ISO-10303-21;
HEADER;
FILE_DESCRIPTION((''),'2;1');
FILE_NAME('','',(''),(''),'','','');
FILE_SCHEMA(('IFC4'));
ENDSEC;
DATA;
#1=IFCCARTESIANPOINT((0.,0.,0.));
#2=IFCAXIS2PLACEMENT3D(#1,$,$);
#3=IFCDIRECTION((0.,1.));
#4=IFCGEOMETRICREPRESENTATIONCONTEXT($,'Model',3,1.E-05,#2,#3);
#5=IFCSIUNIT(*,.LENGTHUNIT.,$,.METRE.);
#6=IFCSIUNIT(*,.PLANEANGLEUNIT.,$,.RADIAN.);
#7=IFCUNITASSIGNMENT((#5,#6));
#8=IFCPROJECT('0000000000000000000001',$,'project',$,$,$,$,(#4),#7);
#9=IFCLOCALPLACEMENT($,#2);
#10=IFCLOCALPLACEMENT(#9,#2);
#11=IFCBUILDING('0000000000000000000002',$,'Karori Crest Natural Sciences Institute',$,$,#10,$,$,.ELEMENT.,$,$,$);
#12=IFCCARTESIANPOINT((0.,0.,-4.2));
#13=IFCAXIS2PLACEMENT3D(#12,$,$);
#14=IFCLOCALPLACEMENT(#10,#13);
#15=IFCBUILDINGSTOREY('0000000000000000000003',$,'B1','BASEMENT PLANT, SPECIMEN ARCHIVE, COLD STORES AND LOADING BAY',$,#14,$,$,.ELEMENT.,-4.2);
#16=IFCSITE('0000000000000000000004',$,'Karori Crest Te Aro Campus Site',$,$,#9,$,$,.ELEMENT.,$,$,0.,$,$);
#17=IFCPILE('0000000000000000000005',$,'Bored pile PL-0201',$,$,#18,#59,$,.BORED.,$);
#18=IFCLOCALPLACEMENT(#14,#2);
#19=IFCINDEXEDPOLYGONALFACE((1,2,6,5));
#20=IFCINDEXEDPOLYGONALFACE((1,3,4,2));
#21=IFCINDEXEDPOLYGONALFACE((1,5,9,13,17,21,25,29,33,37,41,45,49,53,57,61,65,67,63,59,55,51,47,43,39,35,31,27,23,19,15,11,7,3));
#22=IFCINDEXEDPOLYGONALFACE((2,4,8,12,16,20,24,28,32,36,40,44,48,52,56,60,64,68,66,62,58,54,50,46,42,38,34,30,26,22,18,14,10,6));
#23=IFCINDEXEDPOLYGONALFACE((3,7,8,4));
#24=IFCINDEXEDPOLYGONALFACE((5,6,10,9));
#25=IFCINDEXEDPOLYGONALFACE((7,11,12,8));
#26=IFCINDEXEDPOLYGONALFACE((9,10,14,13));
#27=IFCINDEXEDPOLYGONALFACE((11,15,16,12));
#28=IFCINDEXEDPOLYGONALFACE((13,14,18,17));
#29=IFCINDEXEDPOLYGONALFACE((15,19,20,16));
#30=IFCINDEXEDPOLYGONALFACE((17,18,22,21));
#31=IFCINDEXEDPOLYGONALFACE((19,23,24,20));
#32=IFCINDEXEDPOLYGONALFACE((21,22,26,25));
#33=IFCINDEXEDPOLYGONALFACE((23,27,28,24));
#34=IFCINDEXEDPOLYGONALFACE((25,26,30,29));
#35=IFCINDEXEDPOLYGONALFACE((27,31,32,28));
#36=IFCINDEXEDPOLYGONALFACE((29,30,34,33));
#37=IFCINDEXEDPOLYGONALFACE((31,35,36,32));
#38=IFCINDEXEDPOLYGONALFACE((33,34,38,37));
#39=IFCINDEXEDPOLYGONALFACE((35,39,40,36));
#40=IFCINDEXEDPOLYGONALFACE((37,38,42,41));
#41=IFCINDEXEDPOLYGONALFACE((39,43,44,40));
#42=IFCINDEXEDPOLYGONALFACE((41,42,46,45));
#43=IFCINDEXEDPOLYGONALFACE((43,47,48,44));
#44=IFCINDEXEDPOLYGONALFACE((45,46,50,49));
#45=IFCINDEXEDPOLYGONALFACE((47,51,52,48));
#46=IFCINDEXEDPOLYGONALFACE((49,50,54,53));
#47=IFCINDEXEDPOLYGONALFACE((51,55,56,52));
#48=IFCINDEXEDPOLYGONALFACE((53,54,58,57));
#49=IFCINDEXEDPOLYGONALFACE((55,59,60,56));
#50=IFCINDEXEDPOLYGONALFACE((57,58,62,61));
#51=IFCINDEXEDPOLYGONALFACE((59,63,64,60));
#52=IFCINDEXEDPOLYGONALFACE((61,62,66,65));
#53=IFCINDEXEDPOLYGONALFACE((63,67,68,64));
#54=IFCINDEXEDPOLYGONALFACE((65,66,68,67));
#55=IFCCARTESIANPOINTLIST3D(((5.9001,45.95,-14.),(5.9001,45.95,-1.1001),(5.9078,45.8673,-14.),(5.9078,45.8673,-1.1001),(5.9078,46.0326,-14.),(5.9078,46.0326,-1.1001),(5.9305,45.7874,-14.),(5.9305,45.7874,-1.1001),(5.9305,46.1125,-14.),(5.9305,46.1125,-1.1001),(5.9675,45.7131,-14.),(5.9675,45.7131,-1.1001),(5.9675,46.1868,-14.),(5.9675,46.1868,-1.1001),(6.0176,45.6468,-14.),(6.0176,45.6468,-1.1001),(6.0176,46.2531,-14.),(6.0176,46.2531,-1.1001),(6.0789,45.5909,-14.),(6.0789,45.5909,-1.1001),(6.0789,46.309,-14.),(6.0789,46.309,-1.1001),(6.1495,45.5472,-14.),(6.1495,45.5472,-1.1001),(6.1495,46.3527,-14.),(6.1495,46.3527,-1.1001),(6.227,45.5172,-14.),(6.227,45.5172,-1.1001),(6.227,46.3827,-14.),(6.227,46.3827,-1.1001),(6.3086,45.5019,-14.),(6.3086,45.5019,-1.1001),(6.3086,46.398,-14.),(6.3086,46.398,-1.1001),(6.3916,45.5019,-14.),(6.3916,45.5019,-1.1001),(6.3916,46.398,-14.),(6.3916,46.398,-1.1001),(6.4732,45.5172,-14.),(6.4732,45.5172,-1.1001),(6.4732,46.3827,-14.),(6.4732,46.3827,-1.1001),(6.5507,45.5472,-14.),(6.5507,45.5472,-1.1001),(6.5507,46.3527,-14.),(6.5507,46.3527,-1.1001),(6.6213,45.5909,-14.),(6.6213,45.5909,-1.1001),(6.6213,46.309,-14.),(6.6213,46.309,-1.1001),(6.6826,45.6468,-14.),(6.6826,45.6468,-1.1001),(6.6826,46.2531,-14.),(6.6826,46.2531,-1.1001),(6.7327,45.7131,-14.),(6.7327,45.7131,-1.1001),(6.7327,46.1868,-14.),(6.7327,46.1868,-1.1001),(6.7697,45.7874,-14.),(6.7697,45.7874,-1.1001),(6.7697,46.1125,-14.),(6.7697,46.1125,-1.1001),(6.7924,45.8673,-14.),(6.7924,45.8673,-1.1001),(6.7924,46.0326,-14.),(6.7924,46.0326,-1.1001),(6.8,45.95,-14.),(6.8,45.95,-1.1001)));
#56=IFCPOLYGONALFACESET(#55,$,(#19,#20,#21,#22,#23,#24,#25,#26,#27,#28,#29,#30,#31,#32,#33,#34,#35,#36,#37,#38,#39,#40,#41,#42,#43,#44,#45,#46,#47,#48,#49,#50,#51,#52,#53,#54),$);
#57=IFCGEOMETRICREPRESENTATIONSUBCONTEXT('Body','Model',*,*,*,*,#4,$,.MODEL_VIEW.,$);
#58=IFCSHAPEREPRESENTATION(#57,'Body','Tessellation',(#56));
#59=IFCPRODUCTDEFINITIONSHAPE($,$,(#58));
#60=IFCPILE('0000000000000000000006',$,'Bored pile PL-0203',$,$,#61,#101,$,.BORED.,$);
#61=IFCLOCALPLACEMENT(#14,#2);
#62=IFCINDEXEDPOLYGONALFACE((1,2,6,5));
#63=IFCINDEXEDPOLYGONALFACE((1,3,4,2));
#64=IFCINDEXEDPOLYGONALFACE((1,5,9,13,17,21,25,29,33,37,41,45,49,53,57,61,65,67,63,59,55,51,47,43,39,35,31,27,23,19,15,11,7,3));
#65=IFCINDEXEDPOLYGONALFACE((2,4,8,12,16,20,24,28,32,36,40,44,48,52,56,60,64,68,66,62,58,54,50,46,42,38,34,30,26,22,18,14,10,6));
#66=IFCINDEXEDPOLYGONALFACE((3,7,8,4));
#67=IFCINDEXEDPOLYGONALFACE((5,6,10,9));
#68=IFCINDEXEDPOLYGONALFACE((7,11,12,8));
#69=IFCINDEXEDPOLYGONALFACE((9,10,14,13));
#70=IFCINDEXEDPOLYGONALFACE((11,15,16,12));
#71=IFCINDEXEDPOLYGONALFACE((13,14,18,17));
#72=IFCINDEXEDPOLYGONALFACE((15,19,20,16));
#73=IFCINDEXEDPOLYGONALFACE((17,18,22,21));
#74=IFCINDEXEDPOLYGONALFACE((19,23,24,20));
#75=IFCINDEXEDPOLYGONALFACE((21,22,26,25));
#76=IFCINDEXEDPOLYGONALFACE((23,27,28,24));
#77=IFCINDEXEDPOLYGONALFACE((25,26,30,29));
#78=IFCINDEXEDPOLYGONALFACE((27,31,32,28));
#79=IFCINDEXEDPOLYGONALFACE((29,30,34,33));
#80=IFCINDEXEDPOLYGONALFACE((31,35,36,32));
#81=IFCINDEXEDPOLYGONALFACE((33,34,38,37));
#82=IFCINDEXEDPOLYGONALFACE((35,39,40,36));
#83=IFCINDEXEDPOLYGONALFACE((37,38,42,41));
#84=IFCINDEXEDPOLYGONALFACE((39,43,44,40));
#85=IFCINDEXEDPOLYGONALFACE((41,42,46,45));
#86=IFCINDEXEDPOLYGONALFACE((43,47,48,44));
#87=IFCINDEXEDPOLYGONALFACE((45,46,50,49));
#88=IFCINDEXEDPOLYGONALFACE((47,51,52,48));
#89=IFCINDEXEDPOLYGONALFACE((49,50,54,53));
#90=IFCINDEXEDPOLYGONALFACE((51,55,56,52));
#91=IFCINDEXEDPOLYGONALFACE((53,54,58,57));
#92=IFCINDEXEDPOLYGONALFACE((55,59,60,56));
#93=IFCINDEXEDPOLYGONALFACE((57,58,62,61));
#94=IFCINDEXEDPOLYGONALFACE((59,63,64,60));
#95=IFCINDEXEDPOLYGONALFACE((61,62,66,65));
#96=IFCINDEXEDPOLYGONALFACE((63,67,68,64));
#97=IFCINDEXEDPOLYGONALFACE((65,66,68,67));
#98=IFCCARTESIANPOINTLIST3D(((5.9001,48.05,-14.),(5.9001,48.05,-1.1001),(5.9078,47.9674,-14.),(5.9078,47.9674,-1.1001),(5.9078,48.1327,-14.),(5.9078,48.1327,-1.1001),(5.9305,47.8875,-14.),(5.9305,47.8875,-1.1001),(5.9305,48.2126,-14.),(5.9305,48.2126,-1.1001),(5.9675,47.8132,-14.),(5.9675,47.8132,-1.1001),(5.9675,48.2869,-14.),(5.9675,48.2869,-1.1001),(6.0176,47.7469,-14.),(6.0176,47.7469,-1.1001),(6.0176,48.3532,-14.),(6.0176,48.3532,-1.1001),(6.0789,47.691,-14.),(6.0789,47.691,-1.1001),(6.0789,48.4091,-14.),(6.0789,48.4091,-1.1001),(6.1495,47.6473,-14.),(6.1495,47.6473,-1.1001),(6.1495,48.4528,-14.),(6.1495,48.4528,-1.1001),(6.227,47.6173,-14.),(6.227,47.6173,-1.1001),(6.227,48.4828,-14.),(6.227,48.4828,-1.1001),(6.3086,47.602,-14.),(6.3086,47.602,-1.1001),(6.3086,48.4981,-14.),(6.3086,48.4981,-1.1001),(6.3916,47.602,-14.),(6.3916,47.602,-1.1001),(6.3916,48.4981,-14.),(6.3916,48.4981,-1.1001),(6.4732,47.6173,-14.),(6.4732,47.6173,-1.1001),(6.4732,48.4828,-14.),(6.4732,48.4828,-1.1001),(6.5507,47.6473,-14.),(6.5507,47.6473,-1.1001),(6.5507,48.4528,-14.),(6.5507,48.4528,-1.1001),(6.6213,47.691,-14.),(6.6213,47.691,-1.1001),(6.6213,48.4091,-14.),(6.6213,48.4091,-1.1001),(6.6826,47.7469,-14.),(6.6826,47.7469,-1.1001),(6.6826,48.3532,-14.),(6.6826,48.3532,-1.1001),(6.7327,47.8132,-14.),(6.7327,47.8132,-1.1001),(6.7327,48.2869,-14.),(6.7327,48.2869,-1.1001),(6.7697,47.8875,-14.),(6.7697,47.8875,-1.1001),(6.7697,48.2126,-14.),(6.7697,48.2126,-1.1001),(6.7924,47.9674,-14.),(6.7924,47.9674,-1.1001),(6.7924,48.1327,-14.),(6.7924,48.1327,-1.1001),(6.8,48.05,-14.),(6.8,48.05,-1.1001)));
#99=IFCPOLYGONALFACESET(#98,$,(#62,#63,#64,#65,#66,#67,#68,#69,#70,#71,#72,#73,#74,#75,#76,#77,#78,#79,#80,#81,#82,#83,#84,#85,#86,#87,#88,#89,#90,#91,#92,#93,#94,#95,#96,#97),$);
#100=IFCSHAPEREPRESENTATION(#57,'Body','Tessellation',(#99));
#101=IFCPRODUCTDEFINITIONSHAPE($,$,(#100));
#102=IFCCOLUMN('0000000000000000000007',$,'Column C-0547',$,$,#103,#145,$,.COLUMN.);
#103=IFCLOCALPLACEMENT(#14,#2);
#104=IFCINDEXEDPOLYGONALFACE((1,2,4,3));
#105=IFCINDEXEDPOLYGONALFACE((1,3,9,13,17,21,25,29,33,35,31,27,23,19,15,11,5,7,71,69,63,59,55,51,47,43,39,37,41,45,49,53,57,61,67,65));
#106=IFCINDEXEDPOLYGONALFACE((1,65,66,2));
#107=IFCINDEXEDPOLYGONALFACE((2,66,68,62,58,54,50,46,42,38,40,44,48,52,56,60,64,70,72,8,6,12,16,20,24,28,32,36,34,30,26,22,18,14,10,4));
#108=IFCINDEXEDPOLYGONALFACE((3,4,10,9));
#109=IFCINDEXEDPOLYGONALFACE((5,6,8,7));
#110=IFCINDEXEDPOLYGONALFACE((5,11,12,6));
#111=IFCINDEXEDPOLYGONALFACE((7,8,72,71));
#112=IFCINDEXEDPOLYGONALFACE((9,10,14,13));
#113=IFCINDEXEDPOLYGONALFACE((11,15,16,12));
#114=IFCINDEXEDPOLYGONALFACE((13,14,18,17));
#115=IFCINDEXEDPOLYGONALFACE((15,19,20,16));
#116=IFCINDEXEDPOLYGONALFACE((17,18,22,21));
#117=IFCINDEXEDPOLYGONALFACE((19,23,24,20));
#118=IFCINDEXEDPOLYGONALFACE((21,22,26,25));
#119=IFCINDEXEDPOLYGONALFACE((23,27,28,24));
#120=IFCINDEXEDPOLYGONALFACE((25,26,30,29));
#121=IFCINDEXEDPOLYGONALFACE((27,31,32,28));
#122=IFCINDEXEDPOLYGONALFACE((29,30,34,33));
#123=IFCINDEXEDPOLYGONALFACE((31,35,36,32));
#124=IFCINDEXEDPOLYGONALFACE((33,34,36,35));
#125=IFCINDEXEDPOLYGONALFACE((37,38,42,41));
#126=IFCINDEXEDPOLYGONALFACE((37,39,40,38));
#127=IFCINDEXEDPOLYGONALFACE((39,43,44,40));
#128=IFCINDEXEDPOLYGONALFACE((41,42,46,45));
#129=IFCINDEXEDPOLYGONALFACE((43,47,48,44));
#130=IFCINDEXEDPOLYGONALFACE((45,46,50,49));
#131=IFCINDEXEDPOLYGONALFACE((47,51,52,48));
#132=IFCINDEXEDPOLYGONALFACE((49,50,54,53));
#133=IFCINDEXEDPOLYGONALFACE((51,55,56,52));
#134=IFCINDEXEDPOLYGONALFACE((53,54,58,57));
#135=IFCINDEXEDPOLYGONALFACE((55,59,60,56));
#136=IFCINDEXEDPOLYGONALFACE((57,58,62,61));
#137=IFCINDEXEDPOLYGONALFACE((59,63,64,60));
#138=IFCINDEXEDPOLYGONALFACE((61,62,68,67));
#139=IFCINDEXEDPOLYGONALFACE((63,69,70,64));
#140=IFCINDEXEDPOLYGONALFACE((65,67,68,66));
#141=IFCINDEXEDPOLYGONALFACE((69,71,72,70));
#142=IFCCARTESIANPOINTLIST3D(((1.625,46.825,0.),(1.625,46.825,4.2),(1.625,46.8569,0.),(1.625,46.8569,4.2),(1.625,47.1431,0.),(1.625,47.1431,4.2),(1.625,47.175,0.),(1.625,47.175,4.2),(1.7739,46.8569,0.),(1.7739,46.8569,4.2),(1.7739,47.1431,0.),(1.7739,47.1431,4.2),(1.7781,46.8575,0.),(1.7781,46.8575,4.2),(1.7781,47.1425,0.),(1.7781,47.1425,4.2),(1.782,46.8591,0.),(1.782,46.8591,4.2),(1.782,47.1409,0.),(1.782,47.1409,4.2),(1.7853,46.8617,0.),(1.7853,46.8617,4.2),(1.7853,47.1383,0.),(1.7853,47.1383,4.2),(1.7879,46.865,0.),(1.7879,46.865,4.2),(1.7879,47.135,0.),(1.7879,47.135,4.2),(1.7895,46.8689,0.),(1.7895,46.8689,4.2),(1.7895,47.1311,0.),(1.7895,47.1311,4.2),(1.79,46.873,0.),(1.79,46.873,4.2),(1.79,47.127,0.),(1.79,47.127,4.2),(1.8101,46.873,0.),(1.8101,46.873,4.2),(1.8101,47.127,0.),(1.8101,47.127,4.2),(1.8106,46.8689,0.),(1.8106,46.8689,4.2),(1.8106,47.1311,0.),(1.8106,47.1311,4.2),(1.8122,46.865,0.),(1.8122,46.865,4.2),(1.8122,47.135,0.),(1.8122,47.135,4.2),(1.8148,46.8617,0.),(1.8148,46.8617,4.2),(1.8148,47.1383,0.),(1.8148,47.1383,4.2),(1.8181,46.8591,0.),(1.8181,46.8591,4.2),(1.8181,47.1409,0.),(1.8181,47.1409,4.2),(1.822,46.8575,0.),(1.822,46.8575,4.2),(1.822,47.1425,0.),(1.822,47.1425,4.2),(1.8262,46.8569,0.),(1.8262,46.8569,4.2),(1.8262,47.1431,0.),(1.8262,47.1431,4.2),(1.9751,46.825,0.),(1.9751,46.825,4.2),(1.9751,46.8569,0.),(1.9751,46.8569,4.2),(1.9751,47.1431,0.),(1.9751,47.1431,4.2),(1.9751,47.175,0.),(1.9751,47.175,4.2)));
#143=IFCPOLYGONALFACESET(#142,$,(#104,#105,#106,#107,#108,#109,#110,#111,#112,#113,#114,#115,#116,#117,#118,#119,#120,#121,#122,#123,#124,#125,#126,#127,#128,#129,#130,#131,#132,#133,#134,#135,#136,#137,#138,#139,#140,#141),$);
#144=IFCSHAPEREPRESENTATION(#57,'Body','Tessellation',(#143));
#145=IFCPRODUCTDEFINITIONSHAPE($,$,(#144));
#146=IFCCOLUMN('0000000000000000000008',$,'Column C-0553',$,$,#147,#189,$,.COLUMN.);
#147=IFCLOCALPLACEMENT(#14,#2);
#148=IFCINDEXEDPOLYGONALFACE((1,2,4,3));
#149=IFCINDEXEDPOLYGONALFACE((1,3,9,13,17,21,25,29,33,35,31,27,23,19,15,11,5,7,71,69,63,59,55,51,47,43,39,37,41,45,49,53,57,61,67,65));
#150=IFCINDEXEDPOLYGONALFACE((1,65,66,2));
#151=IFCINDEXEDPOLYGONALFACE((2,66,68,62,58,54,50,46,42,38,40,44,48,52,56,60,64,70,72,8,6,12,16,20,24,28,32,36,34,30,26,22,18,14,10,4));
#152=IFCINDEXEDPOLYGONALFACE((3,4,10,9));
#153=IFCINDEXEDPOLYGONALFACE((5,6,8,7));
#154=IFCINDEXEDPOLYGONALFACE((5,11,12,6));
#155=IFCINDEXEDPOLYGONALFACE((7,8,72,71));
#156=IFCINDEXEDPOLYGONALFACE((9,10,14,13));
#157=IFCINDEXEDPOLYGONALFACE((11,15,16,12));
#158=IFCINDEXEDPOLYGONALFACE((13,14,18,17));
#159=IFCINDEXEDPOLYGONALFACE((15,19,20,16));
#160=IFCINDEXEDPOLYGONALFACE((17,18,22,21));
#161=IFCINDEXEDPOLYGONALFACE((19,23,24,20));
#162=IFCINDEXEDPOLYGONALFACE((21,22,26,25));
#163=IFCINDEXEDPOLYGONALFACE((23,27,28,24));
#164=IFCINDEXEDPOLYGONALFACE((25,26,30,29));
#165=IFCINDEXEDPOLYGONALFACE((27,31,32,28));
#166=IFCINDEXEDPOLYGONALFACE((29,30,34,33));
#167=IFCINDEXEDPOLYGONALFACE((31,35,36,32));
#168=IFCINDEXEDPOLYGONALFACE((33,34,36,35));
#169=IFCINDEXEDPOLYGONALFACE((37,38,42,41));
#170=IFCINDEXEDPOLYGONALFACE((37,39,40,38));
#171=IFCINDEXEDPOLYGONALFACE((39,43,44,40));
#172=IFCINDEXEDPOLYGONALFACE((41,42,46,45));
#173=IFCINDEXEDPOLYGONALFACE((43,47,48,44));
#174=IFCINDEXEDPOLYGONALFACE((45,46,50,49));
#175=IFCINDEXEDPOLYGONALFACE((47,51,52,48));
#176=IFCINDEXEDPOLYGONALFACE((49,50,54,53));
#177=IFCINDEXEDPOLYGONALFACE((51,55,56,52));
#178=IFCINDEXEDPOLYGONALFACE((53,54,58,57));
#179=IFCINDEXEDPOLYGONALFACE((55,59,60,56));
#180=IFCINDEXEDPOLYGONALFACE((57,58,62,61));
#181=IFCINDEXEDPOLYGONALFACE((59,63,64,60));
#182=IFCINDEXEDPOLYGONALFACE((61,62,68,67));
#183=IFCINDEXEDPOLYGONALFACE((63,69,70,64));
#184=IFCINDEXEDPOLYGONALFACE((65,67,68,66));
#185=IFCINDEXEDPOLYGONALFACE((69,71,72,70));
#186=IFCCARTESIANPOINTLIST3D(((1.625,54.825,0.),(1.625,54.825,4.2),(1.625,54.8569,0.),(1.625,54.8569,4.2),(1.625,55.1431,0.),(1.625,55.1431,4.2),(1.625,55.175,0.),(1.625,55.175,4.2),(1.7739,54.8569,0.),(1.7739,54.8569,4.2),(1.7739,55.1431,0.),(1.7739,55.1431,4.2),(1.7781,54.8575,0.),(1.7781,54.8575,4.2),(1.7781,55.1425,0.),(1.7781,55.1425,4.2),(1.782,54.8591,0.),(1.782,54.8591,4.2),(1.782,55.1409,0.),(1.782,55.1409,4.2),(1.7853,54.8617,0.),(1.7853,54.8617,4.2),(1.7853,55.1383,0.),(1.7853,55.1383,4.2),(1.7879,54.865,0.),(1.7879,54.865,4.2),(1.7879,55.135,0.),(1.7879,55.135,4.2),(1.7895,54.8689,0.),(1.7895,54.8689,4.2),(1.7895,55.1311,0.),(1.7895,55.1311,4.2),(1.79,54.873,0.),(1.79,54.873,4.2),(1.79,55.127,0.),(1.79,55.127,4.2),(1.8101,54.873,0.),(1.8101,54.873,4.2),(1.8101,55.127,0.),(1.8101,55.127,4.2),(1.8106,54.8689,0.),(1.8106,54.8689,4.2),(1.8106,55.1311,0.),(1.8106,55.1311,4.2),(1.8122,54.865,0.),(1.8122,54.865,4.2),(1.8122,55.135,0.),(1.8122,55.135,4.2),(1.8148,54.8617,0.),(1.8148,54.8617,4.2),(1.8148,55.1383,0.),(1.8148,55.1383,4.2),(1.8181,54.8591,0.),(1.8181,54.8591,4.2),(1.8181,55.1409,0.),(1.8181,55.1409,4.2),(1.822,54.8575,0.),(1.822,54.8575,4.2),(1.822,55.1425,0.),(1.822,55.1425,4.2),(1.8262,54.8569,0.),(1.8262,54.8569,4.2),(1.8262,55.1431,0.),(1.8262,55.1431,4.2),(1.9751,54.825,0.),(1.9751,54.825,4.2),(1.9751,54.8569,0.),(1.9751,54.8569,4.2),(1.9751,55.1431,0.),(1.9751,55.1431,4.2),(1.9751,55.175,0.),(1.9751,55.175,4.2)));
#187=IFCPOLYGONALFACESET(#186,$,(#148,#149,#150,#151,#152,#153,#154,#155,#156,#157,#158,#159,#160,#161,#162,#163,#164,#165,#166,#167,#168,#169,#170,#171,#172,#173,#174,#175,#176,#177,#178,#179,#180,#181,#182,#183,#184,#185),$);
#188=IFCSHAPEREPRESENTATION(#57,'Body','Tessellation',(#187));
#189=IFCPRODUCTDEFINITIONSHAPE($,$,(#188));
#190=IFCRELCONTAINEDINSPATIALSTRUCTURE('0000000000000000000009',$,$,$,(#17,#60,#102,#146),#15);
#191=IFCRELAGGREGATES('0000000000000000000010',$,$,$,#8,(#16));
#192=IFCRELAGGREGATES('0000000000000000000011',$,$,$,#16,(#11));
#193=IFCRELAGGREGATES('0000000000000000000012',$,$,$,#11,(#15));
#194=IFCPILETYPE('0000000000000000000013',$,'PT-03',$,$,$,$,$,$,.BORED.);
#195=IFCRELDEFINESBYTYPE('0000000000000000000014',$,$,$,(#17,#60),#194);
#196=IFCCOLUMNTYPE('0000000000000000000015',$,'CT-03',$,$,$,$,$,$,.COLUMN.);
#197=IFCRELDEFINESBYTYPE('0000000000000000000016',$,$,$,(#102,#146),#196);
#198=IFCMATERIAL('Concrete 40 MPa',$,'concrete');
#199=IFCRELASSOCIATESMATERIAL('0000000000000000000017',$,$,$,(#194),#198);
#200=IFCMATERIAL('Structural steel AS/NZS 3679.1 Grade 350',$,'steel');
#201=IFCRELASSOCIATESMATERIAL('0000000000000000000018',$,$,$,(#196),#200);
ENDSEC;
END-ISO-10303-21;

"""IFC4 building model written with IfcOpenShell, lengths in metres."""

from ifc_helpers import new_model, si_unit, direction, frame, origin, origin_2d, place, context, subcontext, project, spatial, circle, i_section, extrude, material, material_profile, profile_set, type_object, element, save


model = new_model("IFC4")

# Units and contexts
model_context = context("Model", 3, precision=1e-05, world=origin(), true_north=direction((0.0, 1.0)))
body_context = subcontext(model_context, "Body", "Model", "MODEL_VIEW")
ifc_project = project(units=[si_unit("LENGTHUNIT", "METRE"), si_unit("PLANEANGLEUNIT", "RADIAN")], contexts=[model_context])

# Site, building, storey
site_placement = place(None, origin())
site = spatial("IfcSite", under=ifc_project, at=site_placement, Name="Karori Crest Te Aro Campus Site", CompositionType="ELEMENT", RefElevation=0.0)
building_placement = place(site_placement, origin())
building = spatial("IfcBuilding", under=site, at=building_placement, Name="Karori Crest Natural Sciences Institute", CompositionType="ELEMENT")
storey_placement = place(building_placement, frame((0.0, 0.0, -4.2)))
storey = spatial("IfcBuildingStorey", under=building, at=storey_placement, Name="B1", Description="BASEMENT PLANT, SPECIMEN ARCHIVE, COLD STORES AND LOADING BAY", CompositionType="ELEMENT", Elevation=-4.2)

# Shared definitions
ifc_material_1 = material(Name="Concrete 40 MPa", Category="concrete")

# Piles
ifc_material_profile_1 = material_profile(ifc_material_1, circle(Radius=0.45, at=origin_2d()), Name="PILE900")
ifc_profile_set_1 = profile_set([ifc_material_profile_1], Name="Concrete 40 MPa")
pile_type = type_object("IfcPileType", Name="PT-03", PredefinedType="BORED", material=ifc_profile_set_1)
for number, where, z_axis, x_axis, name in (
    (1, (6.3501, 45.95, -1.1001), (0.0, 0.0, -1.0), (1.0, 0.0, 0.0), "Bored pile PL-0201"),
    (2, (6.3501, 48.05, -1.1001), (0.0, 0.0, -1.0), (1.0, 0.0, 0.0), "Bored pile PL-0203"),
):
    element("IfcPile", number, at=place(storey_placement, frame(where, z_axis=z_axis, x_axis=x_axis)), inside=storey, type_object=pile_type, Name=name, PredefinedType="BORED", context=body_context, shape_type="SweptSolid", body=[
        extrude(circle(Radius=0.45, at=origin_2d()), origin(), (0.0, 0.0, 1.0), 12.8999),
    ])

# Columns
ifc_material_2 = material(Name="Structural steel AS/NZS 3679.1 Grade 350", Category="steel")
ifc_material_profile_2 = material_profile(ifc_material_2, i_section(OverallWidth=0.3501, OverallDepth=0.3501, WebThickness=0.02, FlangeThickness=0.032, FilletRadius=0.0161, at=origin_2d()), Name="350WC280")
ifc_profile_set_2 = profile_set([ifc_material_profile_2], Name="Structural steel AS/NZS 3679.1 Grade 350")
column_type = type_object("IfcColumnType", Name="CT-03", PredefinedType="COLUMN", material=ifc_profile_set_2)
for number, where, z_axis, x_axis, name in (
    (3, (1.8, 47.0, 0.0), (0.0, 0.0, 1.0), (1.0, 0.0, 0.0), "Column C-0547"),
    (4, (1.8, 55.0, 0.0), (0.0, 0.0, 1.0), (1.0, 0.0, 0.0), "Column C-0553"),
):
    element("IfcColumn", number, at=place(storey_placement, frame(where, z_axis=z_axis, x_axis=x_axis)), inside=storey, type_object=column_type, Name=name, PredefinedType="COLUMN", context=body_context, shape_type="SweptSolid", body=[
        extrude(i_section(OverallWidth=0.3501, OverallDepth=0.3501, WebThickness=0.02, FlangeThickness=0.032, FilletRadius=0.0161, at=origin_2d()), origin(), (0.0, 0.0, 1.0), 4.2),
    ])

save(model, "model.ifc")
